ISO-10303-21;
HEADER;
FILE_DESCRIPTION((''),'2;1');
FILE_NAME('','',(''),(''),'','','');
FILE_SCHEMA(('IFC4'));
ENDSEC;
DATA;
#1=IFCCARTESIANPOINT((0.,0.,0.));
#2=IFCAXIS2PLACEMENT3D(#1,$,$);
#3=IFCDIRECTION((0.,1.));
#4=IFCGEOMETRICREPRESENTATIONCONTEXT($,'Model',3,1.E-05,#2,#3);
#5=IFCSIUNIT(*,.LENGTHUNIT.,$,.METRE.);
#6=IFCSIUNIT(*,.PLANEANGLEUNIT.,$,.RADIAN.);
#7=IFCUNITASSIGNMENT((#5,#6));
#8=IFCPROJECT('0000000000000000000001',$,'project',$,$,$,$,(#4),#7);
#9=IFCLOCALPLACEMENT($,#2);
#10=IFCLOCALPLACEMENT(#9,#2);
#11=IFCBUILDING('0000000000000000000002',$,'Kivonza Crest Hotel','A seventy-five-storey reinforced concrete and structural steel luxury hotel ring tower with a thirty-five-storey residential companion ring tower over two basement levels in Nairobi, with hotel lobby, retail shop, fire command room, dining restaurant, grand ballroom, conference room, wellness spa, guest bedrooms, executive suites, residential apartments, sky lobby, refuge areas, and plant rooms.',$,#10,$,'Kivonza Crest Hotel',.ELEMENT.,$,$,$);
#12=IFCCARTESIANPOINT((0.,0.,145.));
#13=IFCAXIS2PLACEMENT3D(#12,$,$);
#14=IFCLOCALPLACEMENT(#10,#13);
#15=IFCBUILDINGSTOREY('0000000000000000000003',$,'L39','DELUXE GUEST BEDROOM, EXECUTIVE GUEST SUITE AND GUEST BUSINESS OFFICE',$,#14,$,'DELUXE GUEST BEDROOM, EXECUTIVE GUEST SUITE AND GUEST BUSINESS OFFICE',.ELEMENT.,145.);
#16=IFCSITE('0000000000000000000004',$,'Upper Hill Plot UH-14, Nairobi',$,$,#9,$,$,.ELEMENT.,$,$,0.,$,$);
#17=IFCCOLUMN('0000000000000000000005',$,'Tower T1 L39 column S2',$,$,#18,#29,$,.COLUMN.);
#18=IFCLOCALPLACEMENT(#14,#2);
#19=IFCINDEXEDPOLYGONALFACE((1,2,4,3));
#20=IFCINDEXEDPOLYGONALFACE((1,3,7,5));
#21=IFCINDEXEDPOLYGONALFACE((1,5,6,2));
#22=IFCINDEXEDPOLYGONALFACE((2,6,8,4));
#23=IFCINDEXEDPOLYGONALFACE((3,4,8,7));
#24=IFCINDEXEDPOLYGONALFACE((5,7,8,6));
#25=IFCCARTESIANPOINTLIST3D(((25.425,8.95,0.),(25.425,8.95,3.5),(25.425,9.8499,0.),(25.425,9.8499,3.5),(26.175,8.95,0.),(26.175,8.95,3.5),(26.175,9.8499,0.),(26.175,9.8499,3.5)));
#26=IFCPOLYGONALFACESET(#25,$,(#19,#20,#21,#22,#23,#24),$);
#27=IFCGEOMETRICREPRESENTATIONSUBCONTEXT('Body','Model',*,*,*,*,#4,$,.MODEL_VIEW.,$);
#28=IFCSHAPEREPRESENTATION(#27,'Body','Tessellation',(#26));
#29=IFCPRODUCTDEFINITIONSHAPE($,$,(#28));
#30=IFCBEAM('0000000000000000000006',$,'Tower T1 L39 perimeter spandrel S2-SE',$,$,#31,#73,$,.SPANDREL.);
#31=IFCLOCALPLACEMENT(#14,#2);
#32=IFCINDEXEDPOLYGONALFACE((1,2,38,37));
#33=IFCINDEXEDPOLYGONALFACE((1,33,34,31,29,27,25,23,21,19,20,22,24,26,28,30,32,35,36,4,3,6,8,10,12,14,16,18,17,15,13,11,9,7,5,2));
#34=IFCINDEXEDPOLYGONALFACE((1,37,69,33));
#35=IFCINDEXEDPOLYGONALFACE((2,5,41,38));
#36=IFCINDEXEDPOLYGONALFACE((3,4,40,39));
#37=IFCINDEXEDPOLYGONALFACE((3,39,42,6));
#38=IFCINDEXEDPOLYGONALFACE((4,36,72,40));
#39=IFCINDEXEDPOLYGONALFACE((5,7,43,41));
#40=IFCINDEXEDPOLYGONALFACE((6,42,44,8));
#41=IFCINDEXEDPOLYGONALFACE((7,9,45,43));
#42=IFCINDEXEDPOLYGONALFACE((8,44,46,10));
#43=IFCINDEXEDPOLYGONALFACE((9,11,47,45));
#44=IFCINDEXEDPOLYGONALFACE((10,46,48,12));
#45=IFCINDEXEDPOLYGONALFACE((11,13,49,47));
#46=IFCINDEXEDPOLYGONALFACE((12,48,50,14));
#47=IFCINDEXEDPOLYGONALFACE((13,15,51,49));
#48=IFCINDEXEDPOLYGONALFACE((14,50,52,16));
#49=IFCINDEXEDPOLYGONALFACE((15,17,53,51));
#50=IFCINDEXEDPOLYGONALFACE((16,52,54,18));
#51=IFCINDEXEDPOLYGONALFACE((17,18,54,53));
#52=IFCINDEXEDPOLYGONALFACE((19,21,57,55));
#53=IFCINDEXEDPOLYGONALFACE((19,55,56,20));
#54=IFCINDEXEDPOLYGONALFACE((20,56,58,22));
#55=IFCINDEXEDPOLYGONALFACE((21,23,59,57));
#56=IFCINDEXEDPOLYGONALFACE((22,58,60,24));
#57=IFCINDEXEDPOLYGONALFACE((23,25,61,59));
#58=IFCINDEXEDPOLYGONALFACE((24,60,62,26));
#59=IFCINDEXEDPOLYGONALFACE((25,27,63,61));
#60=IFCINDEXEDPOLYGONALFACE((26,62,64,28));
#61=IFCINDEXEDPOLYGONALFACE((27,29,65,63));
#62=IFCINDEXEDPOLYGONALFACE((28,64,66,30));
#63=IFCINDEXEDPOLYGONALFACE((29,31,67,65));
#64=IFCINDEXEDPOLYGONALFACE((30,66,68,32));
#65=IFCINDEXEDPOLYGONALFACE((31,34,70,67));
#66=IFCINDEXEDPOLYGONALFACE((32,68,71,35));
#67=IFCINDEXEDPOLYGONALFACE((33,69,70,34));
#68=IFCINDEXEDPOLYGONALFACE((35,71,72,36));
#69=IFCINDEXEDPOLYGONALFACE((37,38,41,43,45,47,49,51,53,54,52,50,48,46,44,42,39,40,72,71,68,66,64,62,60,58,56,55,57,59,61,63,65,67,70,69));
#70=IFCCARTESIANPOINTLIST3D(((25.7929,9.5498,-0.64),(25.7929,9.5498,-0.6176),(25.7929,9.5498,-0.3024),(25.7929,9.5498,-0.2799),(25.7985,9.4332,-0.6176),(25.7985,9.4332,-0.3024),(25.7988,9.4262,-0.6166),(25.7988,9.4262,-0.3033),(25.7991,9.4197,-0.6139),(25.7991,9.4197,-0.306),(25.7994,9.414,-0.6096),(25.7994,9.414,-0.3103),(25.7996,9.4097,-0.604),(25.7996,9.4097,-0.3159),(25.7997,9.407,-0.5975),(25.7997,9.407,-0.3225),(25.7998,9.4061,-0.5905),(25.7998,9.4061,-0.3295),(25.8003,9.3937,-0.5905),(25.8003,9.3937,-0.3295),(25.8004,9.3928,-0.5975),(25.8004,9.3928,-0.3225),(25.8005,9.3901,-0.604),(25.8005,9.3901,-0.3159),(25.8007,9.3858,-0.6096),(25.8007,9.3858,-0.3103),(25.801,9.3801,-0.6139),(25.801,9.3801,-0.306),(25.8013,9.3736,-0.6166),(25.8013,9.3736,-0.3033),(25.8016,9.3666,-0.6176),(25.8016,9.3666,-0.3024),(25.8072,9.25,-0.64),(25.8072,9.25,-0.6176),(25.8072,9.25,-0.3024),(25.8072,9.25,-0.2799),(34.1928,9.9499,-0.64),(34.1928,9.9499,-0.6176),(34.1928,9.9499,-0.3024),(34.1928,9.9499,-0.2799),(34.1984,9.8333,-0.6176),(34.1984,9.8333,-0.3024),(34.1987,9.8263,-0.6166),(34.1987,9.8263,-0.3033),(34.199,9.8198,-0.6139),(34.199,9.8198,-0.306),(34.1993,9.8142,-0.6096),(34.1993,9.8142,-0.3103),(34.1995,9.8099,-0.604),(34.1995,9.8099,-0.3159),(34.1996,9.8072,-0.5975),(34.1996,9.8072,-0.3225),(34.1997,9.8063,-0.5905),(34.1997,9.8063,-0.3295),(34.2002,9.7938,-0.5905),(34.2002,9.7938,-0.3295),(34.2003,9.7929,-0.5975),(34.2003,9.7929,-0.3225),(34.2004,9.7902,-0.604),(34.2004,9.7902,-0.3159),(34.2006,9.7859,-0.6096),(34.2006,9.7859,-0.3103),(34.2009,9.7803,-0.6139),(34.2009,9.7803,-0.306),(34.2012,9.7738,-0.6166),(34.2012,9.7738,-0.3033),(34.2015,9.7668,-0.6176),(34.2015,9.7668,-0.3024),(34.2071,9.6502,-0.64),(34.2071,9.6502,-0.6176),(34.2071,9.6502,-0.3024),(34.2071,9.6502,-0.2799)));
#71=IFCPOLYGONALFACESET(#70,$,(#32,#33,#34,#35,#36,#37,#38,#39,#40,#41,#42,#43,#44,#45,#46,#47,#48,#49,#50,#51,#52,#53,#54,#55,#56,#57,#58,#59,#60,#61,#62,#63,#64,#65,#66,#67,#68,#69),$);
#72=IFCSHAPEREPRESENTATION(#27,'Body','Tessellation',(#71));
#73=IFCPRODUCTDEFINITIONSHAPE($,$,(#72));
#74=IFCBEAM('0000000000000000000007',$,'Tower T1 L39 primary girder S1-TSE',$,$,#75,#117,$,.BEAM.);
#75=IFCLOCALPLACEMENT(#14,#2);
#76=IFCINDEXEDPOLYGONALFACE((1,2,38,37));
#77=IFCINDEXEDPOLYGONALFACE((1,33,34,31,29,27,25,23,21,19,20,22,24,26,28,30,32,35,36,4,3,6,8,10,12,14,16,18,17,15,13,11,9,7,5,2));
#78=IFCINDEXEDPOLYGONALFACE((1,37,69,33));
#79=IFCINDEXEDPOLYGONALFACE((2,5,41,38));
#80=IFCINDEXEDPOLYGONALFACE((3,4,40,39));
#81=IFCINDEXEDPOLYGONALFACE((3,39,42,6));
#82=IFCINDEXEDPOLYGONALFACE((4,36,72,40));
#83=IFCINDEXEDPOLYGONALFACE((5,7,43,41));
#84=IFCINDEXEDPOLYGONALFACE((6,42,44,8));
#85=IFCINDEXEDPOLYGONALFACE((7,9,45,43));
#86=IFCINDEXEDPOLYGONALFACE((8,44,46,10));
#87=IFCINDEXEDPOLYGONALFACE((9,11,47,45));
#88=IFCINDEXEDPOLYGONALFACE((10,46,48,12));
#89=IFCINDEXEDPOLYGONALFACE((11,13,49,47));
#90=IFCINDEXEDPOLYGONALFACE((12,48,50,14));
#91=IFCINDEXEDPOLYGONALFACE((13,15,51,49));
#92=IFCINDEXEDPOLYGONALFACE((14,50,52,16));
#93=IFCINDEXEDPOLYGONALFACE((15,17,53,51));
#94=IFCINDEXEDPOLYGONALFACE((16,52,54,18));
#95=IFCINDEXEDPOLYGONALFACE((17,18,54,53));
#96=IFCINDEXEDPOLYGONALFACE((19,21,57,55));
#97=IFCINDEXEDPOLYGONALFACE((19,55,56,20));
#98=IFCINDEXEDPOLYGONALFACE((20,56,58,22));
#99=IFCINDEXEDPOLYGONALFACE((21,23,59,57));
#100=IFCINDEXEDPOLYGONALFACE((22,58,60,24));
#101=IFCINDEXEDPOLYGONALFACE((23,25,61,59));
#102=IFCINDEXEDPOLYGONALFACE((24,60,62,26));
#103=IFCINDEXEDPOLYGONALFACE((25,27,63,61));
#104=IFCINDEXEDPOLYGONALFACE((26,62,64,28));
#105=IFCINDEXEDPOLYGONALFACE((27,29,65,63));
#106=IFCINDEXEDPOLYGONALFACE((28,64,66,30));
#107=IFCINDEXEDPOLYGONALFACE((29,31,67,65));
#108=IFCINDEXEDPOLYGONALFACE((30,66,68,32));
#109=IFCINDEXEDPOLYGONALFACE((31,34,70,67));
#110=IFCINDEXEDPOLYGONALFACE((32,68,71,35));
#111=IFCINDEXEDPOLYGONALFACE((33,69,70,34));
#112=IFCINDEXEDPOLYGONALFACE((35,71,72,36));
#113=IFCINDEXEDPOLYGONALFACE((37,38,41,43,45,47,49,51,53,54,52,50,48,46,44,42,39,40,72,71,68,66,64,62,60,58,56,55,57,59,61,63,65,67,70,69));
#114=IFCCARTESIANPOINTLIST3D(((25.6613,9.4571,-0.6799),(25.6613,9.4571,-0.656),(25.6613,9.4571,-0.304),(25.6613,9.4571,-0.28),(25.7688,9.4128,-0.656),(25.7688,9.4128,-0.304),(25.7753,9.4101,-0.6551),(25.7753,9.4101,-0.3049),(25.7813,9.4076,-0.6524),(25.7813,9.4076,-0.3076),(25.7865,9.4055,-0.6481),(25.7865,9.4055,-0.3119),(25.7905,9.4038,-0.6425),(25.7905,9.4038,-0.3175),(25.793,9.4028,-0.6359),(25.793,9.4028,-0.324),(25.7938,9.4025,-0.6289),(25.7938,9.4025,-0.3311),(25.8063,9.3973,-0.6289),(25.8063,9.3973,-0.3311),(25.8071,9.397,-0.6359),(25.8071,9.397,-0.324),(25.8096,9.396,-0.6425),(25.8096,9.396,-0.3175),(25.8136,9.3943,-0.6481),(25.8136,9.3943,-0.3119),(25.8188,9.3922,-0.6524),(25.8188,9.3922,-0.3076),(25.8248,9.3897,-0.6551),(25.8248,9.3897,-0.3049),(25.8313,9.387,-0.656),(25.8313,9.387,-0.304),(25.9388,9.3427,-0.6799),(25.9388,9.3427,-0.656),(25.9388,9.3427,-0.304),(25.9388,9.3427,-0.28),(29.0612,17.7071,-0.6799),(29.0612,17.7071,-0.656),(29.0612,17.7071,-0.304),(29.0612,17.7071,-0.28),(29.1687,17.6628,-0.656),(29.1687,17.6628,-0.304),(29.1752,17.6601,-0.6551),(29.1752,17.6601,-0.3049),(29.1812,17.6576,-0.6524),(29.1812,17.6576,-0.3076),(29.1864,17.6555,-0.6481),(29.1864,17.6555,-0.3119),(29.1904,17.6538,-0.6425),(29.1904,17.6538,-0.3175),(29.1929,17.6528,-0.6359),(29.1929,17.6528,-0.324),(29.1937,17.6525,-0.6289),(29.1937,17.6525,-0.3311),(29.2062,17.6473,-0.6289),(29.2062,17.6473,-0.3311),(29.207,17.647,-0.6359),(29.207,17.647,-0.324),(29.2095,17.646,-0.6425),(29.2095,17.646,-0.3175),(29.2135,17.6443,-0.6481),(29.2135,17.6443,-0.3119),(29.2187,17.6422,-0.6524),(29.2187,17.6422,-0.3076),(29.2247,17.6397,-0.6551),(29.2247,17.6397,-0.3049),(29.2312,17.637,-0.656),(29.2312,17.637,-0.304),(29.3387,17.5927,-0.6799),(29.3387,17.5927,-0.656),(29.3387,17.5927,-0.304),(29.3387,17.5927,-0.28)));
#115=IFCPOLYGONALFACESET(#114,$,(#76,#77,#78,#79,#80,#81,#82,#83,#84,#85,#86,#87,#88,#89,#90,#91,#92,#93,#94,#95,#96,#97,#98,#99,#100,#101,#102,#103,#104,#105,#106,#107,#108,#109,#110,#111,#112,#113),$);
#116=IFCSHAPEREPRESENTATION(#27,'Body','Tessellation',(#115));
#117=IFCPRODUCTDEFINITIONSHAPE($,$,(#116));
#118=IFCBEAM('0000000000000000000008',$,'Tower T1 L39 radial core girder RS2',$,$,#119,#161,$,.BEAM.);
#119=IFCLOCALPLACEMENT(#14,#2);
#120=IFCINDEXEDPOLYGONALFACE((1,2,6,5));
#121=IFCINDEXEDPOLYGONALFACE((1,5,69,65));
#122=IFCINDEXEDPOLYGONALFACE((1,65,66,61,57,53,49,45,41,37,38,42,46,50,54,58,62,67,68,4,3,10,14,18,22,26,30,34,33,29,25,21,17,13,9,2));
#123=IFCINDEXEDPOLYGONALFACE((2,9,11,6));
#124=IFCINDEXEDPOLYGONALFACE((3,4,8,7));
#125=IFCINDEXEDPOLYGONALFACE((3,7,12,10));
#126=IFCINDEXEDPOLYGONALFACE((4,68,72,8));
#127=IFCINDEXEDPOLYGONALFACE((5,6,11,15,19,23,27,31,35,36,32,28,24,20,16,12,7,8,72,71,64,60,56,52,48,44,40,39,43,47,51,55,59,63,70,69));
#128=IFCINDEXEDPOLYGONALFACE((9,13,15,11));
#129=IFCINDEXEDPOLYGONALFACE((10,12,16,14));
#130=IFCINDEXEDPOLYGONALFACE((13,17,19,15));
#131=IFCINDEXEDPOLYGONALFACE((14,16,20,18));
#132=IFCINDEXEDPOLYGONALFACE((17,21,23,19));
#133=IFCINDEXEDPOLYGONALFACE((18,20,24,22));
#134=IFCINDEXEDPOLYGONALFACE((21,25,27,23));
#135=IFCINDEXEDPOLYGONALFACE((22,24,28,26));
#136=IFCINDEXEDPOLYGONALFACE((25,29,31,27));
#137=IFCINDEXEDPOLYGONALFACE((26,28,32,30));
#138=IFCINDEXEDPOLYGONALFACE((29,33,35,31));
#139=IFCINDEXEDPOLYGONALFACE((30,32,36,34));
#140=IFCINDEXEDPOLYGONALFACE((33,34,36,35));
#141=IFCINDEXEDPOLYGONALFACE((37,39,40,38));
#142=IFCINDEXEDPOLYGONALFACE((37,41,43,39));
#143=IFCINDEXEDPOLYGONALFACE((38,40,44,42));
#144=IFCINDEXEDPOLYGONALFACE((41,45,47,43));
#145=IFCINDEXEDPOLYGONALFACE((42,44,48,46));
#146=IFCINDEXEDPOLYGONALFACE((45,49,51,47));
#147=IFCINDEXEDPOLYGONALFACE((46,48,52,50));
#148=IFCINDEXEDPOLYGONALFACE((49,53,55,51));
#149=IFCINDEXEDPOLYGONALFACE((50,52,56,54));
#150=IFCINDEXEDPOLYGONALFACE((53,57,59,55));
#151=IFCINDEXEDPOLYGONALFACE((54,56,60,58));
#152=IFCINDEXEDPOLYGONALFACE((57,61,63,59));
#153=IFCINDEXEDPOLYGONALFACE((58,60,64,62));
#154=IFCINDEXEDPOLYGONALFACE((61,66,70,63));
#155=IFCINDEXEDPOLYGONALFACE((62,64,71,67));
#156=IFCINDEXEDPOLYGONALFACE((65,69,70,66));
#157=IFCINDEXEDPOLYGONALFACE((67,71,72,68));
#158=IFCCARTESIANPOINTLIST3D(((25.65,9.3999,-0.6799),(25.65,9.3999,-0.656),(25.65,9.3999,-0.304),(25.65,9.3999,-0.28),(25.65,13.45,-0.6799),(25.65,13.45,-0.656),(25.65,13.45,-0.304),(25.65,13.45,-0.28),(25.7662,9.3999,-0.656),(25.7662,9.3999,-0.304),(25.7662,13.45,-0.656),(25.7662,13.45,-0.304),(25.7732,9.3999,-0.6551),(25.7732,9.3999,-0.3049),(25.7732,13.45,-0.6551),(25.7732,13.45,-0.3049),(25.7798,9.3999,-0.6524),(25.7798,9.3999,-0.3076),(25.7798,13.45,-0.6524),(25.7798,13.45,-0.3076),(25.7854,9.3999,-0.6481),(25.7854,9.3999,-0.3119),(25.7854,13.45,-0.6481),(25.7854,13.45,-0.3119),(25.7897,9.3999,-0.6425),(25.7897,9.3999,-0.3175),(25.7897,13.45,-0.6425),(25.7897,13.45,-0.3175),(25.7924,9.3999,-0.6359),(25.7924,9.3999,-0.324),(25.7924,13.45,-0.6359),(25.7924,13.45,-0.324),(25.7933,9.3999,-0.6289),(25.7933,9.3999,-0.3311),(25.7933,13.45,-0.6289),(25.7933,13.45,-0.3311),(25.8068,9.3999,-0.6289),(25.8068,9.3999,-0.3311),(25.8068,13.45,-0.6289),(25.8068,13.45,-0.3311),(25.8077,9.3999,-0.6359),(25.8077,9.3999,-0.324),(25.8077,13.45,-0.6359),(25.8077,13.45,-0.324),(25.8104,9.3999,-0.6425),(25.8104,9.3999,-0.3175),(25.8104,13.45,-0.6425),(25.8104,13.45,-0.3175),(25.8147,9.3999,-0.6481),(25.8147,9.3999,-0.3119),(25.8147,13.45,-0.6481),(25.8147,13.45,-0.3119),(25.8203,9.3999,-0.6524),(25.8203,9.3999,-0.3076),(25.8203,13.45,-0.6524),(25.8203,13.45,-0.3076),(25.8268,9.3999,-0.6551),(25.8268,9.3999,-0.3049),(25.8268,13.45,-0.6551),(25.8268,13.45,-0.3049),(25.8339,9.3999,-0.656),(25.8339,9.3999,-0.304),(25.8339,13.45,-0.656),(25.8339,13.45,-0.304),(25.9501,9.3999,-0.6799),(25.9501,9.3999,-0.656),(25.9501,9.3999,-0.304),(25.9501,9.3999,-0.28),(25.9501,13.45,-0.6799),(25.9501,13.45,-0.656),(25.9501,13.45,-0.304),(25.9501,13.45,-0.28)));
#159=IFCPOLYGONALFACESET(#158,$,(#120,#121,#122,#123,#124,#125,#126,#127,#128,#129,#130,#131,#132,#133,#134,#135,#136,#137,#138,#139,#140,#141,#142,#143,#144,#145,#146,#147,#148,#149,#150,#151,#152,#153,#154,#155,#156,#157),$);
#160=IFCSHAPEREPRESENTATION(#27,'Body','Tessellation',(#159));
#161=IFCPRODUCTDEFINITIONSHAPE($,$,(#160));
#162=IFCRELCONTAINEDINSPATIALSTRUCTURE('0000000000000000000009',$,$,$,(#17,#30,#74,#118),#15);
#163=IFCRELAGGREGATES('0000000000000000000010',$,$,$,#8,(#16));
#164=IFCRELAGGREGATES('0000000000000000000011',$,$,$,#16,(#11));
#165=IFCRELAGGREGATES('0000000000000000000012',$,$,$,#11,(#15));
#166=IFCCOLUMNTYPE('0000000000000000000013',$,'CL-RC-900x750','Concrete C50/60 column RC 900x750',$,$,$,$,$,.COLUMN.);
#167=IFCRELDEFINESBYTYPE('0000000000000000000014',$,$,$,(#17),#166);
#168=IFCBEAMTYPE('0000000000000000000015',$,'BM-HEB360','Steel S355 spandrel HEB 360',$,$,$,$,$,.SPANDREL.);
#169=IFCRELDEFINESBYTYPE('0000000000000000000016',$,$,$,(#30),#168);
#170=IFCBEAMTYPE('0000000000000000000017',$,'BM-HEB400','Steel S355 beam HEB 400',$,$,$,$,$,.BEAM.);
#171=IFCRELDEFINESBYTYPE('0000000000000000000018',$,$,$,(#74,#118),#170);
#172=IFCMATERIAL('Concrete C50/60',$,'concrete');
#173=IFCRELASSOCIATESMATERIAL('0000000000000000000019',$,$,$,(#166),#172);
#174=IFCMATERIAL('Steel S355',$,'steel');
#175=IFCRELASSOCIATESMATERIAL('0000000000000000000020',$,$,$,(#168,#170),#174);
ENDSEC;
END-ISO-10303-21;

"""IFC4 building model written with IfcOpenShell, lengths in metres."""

from ifc_helpers import new_model, si_unit, direction, frame, origin, origin_2d, place, context, subcontext, project, spatial, rectangle, i_section, extrude, material, material_profile, profile_set, type_object, element, save


model = new_model("IFC4")

# Units and contexts
model_context = context("Model", 3, precision=1e-05, world=origin(), true_north=direction((0.0, 1.0)))
body_context = subcontext(model_context, "Body", "Model", "MODEL_VIEW")
ifc_project = project(units=[si_unit("LENGTHUNIT", "METRE"), si_unit("PLANEANGLEUNIT", "RADIAN")], contexts=[model_context])

# Site, building, storey
site_placement = place(None, origin())
site = spatial("IfcSite", under=ifc_project, at=site_placement, Name="Upper Hill Plot UH-14, Nairobi", CompositionType="ELEMENT", RefElevation=0.0)
building_placement = place(site_placement, origin())
building = spatial("IfcBuilding", under=site, at=building_placement, Name="Kivonza Crest Hotel", Description="A seventy-five-storey reinforced concrete and structural steel luxury hotel ring tower with a thirty-five-storey residential companion ring tower over two basement levels in Nairobi, with hotel lobby, retail shop, fire command room, dining restaurant, grand ballroom, conference room, wellness spa, guest bedrooms, executive suites, residential apartments, sky lobby, refuge areas, and plant rooms.", LongName="Kivonza Crest Hotel", CompositionType="ELEMENT")
storey_placement = place(building_placement, frame((0.0, 0.0, 145.0)))
storey = spatial("IfcBuildingStorey", under=building, at=storey_placement, Name="L39", Description="DELUXE GUEST BEDROOM, EXECUTIVE GUEST SUITE AND GUEST BUSINESS OFFICE", LongName="DELUXE GUEST BEDROOM, EXECUTIVE GUEST SUITE AND GUEST BUSINESS OFFICE", CompositionType="ELEMENT", Elevation=145.0)

# Column
ifc_material_1 = material(Name="Concrete C50/60", Category="concrete")
ifc_material_profile_1 = material_profile(ifc_material_1, rectangle(XDim=0.75, YDim=0.8999, at=origin_2d()), Name="RC 900x750")
ifc_profile_set_1 = profile_set([ifc_material_profile_1], Name="Concrete C50/60")
column_type = type_object("IfcColumnType", Name="CL-RC-900x750", Description="Concrete C50/60 column RC 900x750", PredefinedType="COLUMN", material=ifc_profile_set_1)
column_placement = place(storey_placement, frame((25.8, 9.3999, 0.0), z_axis=(0.0, 0.0, 1.0), x_axis=(1.0, 0.0, 0.0)))
element("IfcColumn", 1, at=column_placement, inside=storey, type_object=column_type, Name="Tower T1 L39 column S2", PredefinedType="COLUMN", context=body_context, shape_type="SweptSolid", body=[
    extrude(rectangle(XDim=0.75, YDim=0.8999, at=origin_2d()), origin(), (0.0, 0.0, 1.0), 3.5),
])

# Beams
ifc_material_2 = material(Name="Steel S355", Category="steel")
ifc_material_profile_2 = material_profile(ifc_material_2, i_section(OverallWidth=0.3, OverallDepth=0.3601, WebThickness=0.0125, FlangeThickness=0.0225, FilletRadius=0.0271, at=origin_2d()), Name="HEB 360")
ifc_profile_set_2 = profile_set([ifc_material_profile_2], Name="Steel S355")
beam_type_1 = type_object("IfcBeamType", Name="BM-HEB360", Description="Steel S355 spandrel HEB 360", PredefinedType="SPANDREL", material=ifc_profile_set_2)
beam_1_placement = place(storey_placement, frame((25.8, 9.3999, -0.46), z_axis=(0.998867, 0.047583, 0.0), x_axis=(-0.047583, 0.998867, 0.0)))
element("IfcBeam", 2, at=beam_1_placement, inside=storey, type_object=beam_type_1, Name="Tower T1 L39 perimeter spandrel S2-SE", PredefinedType="SPANDREL", context=body_context, shape_type="SweptSolid", body=[
    extrude(i_section(OverallWidth=0.3, OverallDepth=0.3601, WebThickness=0.0125, FlangeThickness=0.0225, FilletRadius=0.0271, at=origin_2d()), origin(), (0.0, 0.0, 1.0), 8.4094),
])
ifc_material_profile_3 = material_profile(ifc_material_2, i_section(OverallWidth=0.3, OverallDepth=0.3999, WebThickness=0.0134, FlangeThickness=0.0239, FilletRadius=0.0271, at=origin_2d()), Name="HEB 400")
ifc_profile_set_3 = profile_set([ifc_material_profile_3], Name="Steel S355")
beam_type_2 = type_object("IfcBeamType", Name="BM-HEB400", Description="Steel S355 beam HEB 400", PredefinedType="BEAM", material=ifc_profile_set_3)
beam_2_placement = place(storey_placement, frame((25.8, 9.3999, -0.48), z_axis=(0.381022, 0.924566, 0.0), x_axis=(-0.924566, 0.381022, 0.0)))
element("IfcBeam", 3, at=beam_2_placement, inside=storey, type_object=beam_type_2, Name="Tower T1 L39 primary girder S1-TSE", PredefinedType="BEAM", context=body_context, shape_type="SweptSolid", body=[
    extrude(i_section(OverallWidth=0.3, OverallDepth=0.3999, WebThickness=0.0134, FlangeThickness=0.0239, FilletRadius=0.0271, at=origin_2d()), origin(), (0.0, 0.0, 1.0), 8.9231),
])
beam_3_placement = place(storey_placement, frame((25.8, 9.3999, -0.48), z_axis=(0.0, 1.0, 0.0), x_axis=(-1.0, 0.0, 0.0)))
element("IfcBeam", 4, at=beam_3_placement, inside=storey, type_object=beam_type_2, Name="Tower T1 L39 radial core girder RS2", PredefinedType="BEAM", context=body_context, shape_type="SweptSolid", body=[
    extrude(i_section(OverallWidth=0.3, OverallDepth=0.3999, WebThickness=0.0134, FlangeThickness=0.0239, FilletRadius=0.0271, at=origin_2d()), origin(), (0.0, 0.0, 1.0), 4.05),
])

save(model, "model.ifc")
